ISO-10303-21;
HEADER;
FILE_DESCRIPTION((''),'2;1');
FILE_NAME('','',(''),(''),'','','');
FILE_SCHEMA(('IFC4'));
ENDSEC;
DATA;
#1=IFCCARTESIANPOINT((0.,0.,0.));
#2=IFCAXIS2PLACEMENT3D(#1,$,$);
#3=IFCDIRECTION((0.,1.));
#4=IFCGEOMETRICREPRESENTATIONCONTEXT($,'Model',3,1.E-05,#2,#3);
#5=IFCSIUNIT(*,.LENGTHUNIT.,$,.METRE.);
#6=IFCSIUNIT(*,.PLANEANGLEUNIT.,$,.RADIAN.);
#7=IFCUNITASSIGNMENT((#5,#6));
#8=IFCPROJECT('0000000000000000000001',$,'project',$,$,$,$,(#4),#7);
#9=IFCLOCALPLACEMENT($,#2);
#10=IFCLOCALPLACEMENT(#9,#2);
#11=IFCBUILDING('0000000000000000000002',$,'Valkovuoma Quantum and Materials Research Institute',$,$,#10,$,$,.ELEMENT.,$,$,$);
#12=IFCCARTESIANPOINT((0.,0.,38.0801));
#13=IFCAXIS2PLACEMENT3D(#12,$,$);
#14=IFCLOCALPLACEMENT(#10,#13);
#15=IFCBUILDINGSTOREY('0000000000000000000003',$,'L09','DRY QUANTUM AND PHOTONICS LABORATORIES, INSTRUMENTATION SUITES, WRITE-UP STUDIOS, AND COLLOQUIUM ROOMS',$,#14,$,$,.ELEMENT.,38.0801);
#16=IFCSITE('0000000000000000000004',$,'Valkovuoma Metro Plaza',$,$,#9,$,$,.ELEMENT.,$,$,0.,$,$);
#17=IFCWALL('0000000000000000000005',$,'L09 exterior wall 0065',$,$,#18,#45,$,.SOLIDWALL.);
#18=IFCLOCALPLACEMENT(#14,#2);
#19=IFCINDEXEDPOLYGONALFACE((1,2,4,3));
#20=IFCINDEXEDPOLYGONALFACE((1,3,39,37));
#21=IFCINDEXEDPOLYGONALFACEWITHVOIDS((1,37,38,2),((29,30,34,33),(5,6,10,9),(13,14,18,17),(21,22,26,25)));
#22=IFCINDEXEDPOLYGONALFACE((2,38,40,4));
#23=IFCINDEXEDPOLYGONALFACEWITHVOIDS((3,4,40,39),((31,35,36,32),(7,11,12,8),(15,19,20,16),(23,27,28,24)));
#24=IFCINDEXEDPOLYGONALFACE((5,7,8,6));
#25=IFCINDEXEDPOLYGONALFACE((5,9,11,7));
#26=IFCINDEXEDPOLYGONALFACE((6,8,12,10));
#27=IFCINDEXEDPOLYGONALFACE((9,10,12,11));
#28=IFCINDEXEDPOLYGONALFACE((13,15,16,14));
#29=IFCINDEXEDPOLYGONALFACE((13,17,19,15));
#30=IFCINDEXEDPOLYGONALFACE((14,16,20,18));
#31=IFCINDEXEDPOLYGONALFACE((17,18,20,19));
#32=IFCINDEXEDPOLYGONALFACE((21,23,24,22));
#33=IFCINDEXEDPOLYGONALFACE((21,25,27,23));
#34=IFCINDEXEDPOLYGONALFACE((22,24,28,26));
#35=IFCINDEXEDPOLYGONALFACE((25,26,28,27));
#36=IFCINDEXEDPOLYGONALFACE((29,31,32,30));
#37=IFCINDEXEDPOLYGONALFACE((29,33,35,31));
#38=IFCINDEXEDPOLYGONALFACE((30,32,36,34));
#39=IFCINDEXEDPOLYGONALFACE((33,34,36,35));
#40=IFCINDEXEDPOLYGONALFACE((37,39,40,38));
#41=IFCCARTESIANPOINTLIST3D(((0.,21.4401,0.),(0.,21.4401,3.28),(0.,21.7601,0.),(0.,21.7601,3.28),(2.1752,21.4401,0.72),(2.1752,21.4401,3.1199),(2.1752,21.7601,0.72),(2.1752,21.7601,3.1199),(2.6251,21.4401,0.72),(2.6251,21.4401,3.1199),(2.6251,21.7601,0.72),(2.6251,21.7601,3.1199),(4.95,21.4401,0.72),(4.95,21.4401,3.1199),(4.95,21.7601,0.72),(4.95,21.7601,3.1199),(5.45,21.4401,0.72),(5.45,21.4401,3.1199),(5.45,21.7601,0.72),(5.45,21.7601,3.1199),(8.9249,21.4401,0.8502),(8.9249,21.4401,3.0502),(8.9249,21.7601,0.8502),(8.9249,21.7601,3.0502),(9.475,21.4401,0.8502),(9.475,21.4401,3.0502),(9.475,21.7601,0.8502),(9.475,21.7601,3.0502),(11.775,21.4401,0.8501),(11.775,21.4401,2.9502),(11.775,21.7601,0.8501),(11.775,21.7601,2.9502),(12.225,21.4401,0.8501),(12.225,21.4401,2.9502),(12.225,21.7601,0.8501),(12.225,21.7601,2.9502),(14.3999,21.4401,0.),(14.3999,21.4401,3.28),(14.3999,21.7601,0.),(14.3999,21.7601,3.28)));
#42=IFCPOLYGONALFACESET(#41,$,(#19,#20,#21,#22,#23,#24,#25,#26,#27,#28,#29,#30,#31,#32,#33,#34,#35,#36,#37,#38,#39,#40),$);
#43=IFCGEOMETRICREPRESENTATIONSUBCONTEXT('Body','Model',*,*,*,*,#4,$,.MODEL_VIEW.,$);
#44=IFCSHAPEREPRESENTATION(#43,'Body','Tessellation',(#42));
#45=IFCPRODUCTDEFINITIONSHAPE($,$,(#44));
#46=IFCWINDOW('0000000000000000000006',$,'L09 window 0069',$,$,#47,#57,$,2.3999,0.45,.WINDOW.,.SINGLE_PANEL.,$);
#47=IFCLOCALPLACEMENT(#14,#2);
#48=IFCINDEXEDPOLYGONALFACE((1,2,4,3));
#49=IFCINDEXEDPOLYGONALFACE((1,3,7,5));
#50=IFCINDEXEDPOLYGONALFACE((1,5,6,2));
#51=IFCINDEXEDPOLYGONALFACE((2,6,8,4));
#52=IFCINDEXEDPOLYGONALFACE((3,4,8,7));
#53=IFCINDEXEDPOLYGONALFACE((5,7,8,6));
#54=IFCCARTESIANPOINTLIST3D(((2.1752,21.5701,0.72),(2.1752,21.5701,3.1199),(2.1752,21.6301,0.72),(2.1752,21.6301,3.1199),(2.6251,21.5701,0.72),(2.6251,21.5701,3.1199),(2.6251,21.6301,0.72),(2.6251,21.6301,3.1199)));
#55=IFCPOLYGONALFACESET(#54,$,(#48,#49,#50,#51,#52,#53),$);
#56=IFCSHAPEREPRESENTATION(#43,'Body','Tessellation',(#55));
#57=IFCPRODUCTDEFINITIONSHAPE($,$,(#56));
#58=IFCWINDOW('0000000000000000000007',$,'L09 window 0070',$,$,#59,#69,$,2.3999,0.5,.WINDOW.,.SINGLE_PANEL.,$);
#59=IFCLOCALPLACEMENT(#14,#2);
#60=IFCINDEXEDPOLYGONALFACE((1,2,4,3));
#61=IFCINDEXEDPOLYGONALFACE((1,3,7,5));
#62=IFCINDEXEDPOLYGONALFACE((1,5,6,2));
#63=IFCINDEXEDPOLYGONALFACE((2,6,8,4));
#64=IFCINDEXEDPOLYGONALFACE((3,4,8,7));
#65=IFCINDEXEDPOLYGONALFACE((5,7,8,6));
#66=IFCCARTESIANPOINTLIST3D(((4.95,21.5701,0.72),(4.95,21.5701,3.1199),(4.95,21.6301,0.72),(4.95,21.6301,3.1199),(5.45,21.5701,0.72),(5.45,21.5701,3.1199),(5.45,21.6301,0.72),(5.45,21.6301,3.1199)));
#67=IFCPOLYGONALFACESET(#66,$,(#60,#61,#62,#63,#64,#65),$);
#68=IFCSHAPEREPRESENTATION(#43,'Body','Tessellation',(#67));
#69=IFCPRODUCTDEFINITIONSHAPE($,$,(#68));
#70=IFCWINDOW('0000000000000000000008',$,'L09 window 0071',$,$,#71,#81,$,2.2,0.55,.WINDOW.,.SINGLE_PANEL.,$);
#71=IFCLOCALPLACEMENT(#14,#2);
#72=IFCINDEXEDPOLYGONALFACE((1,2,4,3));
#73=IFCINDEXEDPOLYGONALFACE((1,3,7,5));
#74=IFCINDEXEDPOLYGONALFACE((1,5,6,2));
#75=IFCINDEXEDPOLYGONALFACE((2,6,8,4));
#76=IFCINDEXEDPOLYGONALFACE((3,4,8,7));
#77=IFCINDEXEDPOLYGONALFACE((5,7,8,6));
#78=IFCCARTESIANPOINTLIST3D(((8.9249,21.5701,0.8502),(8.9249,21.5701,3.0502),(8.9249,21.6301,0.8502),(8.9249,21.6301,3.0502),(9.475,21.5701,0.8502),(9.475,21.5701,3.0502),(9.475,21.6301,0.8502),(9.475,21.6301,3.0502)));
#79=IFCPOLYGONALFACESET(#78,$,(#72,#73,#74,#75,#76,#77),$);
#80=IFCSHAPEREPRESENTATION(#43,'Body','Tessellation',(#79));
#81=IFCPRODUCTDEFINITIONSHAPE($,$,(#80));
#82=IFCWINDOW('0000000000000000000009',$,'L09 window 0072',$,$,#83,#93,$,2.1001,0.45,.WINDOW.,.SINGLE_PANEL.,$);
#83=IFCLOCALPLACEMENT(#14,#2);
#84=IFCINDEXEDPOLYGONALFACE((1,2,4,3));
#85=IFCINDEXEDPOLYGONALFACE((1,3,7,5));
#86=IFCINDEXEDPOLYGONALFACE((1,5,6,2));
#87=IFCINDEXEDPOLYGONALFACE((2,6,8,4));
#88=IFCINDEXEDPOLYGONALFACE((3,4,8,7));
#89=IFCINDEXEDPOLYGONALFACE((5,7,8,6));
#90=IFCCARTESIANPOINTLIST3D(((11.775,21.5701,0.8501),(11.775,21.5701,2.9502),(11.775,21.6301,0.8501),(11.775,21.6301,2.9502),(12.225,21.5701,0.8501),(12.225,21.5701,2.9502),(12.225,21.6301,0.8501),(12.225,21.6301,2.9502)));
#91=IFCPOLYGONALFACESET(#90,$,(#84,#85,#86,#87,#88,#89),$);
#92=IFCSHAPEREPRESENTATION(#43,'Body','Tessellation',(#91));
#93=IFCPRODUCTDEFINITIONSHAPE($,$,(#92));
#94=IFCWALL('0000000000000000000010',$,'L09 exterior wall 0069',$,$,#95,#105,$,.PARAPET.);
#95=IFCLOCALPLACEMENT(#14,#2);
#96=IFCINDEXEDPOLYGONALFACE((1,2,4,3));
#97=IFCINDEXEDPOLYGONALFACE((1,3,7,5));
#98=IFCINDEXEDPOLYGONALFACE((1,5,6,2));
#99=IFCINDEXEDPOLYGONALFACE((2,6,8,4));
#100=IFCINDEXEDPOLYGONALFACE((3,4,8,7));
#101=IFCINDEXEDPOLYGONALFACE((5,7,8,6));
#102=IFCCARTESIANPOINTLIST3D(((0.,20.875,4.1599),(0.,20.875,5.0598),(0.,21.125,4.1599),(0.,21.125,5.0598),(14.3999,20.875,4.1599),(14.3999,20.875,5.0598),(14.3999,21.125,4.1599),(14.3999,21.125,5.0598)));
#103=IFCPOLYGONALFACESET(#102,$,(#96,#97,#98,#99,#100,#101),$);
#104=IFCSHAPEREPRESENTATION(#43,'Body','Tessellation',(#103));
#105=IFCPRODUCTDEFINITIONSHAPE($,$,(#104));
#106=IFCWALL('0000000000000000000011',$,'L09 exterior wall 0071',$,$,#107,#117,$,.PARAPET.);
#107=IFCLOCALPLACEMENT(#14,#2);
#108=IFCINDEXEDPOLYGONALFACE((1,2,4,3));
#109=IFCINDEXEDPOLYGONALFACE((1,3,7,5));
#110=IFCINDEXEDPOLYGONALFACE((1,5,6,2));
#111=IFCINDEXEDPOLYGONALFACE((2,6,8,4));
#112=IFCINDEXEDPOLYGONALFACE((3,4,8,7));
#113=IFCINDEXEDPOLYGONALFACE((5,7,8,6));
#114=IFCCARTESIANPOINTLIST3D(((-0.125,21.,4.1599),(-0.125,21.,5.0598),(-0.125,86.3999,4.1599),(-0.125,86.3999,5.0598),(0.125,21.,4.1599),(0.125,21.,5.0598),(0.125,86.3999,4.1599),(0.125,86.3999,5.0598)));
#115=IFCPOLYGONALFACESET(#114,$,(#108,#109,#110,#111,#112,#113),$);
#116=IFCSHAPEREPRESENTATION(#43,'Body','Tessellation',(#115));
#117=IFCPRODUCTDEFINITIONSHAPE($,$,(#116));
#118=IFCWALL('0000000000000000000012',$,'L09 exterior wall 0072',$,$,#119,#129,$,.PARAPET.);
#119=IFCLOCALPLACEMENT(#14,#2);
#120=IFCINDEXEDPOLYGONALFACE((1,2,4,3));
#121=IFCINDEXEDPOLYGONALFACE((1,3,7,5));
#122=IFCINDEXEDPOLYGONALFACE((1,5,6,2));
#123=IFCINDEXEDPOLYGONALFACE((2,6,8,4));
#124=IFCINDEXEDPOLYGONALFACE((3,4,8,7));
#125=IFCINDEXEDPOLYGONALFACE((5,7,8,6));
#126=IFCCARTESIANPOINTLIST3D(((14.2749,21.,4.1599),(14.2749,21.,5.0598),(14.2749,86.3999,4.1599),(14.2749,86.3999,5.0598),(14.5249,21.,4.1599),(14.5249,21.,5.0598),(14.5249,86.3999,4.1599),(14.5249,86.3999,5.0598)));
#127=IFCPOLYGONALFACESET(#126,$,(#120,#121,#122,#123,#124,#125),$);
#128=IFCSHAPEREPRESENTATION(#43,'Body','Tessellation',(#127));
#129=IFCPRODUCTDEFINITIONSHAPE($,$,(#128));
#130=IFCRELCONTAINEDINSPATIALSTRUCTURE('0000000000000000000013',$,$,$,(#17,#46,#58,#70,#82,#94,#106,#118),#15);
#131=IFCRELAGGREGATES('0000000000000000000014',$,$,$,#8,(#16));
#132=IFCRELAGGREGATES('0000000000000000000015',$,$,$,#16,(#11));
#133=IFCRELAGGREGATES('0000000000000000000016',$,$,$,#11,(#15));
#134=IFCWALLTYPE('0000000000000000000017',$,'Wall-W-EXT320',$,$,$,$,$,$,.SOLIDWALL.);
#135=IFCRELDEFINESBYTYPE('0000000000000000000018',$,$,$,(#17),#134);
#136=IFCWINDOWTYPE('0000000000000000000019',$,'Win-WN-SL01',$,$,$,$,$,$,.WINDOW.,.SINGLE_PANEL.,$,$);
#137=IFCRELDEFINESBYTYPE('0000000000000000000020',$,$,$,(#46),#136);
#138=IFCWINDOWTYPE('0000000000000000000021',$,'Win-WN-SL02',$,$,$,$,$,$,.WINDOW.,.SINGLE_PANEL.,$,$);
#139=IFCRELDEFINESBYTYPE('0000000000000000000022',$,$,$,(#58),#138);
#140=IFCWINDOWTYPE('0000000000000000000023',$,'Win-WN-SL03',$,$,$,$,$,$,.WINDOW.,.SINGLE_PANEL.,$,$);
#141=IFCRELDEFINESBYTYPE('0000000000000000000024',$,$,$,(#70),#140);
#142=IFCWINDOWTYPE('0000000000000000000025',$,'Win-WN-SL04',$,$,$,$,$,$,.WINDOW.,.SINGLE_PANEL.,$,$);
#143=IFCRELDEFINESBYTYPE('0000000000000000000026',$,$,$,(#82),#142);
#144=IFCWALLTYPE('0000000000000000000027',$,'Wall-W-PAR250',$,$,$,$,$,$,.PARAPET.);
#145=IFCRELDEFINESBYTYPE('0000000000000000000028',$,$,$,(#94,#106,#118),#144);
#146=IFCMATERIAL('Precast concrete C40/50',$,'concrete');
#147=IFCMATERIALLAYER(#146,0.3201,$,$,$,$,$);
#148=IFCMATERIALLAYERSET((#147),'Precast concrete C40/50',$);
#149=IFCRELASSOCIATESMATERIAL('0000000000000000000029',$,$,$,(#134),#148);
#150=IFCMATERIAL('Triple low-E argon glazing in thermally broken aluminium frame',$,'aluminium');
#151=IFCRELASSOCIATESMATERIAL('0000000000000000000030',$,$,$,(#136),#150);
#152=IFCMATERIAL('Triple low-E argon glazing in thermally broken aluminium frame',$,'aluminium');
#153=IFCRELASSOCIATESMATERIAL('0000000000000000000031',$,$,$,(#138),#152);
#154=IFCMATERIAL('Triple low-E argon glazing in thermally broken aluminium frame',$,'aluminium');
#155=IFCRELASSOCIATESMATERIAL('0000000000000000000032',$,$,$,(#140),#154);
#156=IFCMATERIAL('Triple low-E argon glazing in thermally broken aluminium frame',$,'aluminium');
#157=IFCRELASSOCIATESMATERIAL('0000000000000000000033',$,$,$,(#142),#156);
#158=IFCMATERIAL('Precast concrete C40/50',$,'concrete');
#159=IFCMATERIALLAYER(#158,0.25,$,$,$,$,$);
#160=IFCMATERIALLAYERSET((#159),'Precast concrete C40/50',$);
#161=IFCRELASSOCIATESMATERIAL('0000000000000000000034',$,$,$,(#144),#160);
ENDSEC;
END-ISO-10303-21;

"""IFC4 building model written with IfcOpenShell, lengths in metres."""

from ifc_helpers import new_model, si_unit, direction, frame, frame_2d, origin, place, context, subcontext, project, spatial, rectangle, extrude, material, layer, layer_set, type_object, element, fill, save


model = new_model("IFC4")

# Units and contexts
model_context = context("Model", 3, precision=1e-05, world=origin(), true_north=direction((0.0, 1.0)))
body_context = subcontext(model_context, "Body", "Model", "MODEL_VIEW")
ifc_project = project(units=[si_unit("LENGTHUNIT", "METRE"), si_unit("PLANEANGLEUNIT", "RADIAN")], contexts=[model_context])

# Site, building, storey
site_placement = place(None, origin())
site = spatial("IfcSite", under=ifc_project, at=site_placement, Name="Valkovuoma Metro Plaza", CompositionType="ELEMENT", RefElevation=0.0)
building_placement = place(site_placement, origin())
building = spatial("IfcBuilding", under=site, at=building_placement, Name="Valkovuoma Quantum and Materials Research Institute", CompositionType="ELEMENT")
storey_placement = place(building_placement, frame((0.0, 0.0, 38.0801)))
storey = spatial("IfcBuildingStorey", under=building, at=storey_placement, Name="L09", Description="DRY QUANTUM AND PHOTONICS LABORATORIES, INSTRUMENTATION SUITES, WRITE-UP STUDIOS, AND COLLOQUIUM ROOMS", CompositionType="ELEMENT", Elevation=38.0801)

# Wall, openings, windows
ifc_material_1 = material(Name="Precast concrete C40/50", Category="concrete")
ifc_layer_1 = layer(ifc_material_1, 0.3201)
ifc_layer_set_1 = layer_set([ifc_layer_1], Name="Precast concrete C40/50")
wall_type_1 = type_object("IfcWallType", Name="Wall-W-EXT320", PredefinedType="SOLIDWALL", material=ifc_layer_set_1)
wall_1_placement = place(storey_placement, frame((0.0, 21.6001, 0.0), z_axis=(0.0, 0.0, 1.0), x_axis=(1.0, 0.0, 0.0)))
wall_1 = element("IfcWall", 1, at=wall_1_placement, inside=storey, type_object=wall_type_1, Name="L09 exterior wall 0065", PredefinedType="SOLIDWALL", context=body_context, shape_type="SweptSolid", body=[
    extrude(rectangle(XDim=14.3999, YDim=0.3201, at=frame_2d((7.2, 0.0))), origin(), (0.0, 0.0, 1.0), 3.28),
])
opening_1_placement = place(wall_1_placement, frame((2.175, 0.0, 0.72)))
opening_1 = element("IfcOpeningElement", 2, at=opening_1_placement, cuts=wall_1, PredefinedType="OPENING", context=body_context, shape_type="SweptSolid", body=[
    extrude(rectangle(XDim=0.45, YDim=2.3999, at=frame_2d((0.2251, 1.2))), frame((0.0, 0.1699, 0.0), z_axis=(0.0, -1.0, 0.0), x_axis=(1.0, 0.0, 0.0)), (0.0, 0.0, 1.0), 0.3401),
])
opening_2_placement = place(wall_1_placement, frame((4.95, 0.0, 0.72)))
opening_2 = element("IfcOpeningElement", 3, at=opening_2_placement, cuts=wall_1, PredefinedType="OPENING", context=body_context, shape_type="SweptSolid", body=[
    extrude(rectangle(XDim=0.5, YDim=2.3999, at=frame_2d((0.25, 1.2))), frame((0.0, 0.1699, 0.0), z_axis=(0.0, -1.0, 0.0), x_axis=(1.0, 0.0, 0.0)), (0.0, 0.0, 1.0), 0.3401),
])
opening_3_placement = place(wall_1_placement, frame((8.925, 0.0, 0.8501)))
opening_3 = element("IfcOpeningElement", 4, at=opening_3_placement, cuts=wall_1, PredefinedType="OPENING", context=body_context, shape_type="SweptSolid", body=[
    extrude(rectangle(XDim=0.55, YDim=2.2, at=frame_2d((0.2749, 1.1001))), frame((0.0, 0.1699, 0.0), z_axis=(0.0, -1.0, 0.0), x_axis=(1.0, 0.0, 0.0)), (0.0, 0.0, 1.0), 0.3401),
])
opening_4_placement = place(wall_1_placement, frame((11.7749, 0.0, 0.8501)))
opening_4 = element("IfcOpeningElement", 5, at=opening_4_placement, cuts=wall_1, PredefinedType="OPENING", context=body_context, shape_type="SweptSolid", body=[
    extrude(rectangle(XDim=0.45, YDim=2.1001, at=frame_2d((0.2251, 1.05))), frame((0.0, 0.1699, 0.0), z_axis=(0.0, -1.0, 0.0), x_axis=(1.0, 0.0, 0.0)), (0.0, 0.0, 1.0), 0.3401),
])
ifc_material_2 = material(Name="Triple low-E argon glazing in thermally broken aluminium frame", Category="aluminium")
window_type_1 = type_object("IfcWindowType", Name="Win-WN-SL01", PartitioningType="SINGLE_PANEL", PredefinedType="WINDOW", material=ifc_material_2)
window_1_placement = place(opening_1_placement, origin())
window_1 = element("IfcWindow", 6, at=window_1_placement, inside=storey, type_object=window_type_1, Name="L09 window 0069", OverallHeight=2.3999, OverallWidth=0.45, PartitioningType="SINGLE_PANEL", PredefinedType="WINDOW", context=body_context, shape_type="SweptSolid", body=[
    extrude(rectangle(XDim=0.45, YDim=2.3999, at=frame_2d((0.2251, 1.2))), frame((0.0, 0.03, 0.0), z_axis=(0.0, -1.0, 0.0), x_axis=(1.0, 0.0, 0.0)), (0.0, 0.0, 1.0), 0.0601),
])
fill(opening_1, window_1)
ifc_material_3 = material(Name="Triple low-E argon glazing in thermally broken aluminium frame", Category="aluminium")
window_type_2 = type_object("IfcWindowType", Name="Win-WN-SL02", PartitioningType="SINGLE_PANEL", PredefinedType="WINDOW", material=ifc_material_3)
window_2_placement = place(opening_2_placement, origin())
window_2 = element("IfcWindow", 7, at=window_2_placement, inside=storey, type_object=window_type_2, Name="L09 window 0070", OverallHeight=2.3999, OverallWidth=0.5, PartitioningType="SINGLE_PANEL", PredefinedType="WINDOW", context=body_context, shape_type="SweptSolid", body=[
    extrude(rectangle(XDim=0.5, YDim=2.3999, at=frame_2d((0.25, 1.2))), frame((0.0, 0.03, 0.0), z_axis=(0.0, -1.0, 0.0), x_axis=(1.0, 0.0, 0.0)), (0.0, 0.0, 1.0), 0.0601),
])
fill(opening_2, window_2)
ifc_material_4 = material(Name="Triple low-E argon glazing in thermally broken aluminium frame", Category="aluminium")
window_type_3 = type_object("IfcWindowType", Name="Win-WN-SL03", PartitioningType="SINGLE_PANEL", PredefinedType="WINDOW", material=ifc_material_4)
window_3_placement = place(opening_3_placement, origin())
window_3 = element("IfcWindow", 8, at=window_3_placement, inside=storey, type_object=window_type_3, Name="L09 window 0071", OverallHeight=2.2, OverallWidth=0.55, PartitioningType="SINGLE_PANEL", PredefinedType="WINDOW", context=body_context, shape_type="SweptSolid", body=[
    extrude(rectangle(XDim=0.55, YDim=2.2, at=frame_2d((0.2749, 1.1001))), frame((0.0, 0.03, 0.0), z_axis=(0.0, -1.0, 0.0), x_axis=(1.0, 0.0, 0.0)), (0.0, 0.0, 1.0), 0.0601),
])
fill(opening_3, window_3)
ifc_material_5 = material(Name="Triple low-E argon glazing in thermally broken aluminium frame", Category="aluminium")
window_type_4 = type_object("IfcWindowType", Name="Win-WN-SL04", PartitioningType="SINGLE_PANEL", PredefinedType="WINDOW", material=ifc_material_5)
window_4_placement = place(opening_4_placement, origin())
window_4 = element("IfcWindow", 9, at=window_4_placement, inside=storey, type_object=window_type_4, Name="L09 window 0072", OverallHeight=2.1001, OverallWidth=0.45, PartitioningType="SINGLE_PANEL", PredefinedType="WINDOW", context=body_context, shape_type="SweptSolid", body=[
    extrude(rectangle(XDim=0.45, YDim=2.1001, at=frame_2d((0.2251, 1.05))), frame((0.0, 0.03, 0.0), z_axis=(0.0, -1.0, 0.0), x_axis=(1.0, 0.0, 0.0)), (0.0, 0.0, 1.0), 0.0601),
])
fill(opening_4, window_4)

# Walls
ifc_material_6 = material(Name="Precast concrete C40/50", Category="concrete")
ifc_layer_2 = layer(ifc_material_6, 0.25)
ifc_layer_set_2 = layer_set([ifc_layer_2], Name="Precast concrete C40/50")
wall_type_2 = type_object("IfcWallType", Name="Wall-W-PAR250", PredefinedType="PARAPET", material=ifc_layer_set_2)
wall_2_placement = place(storey_placement, frame((0.0, 21.0, 4.1599), z_axis=(0.0, 0.0, 1.0), x_axis=(1.0, 0.0, 0.0)))
element("IfcWall", 10, at=wall_2_placement, inside=storey, type_object=wall_type_2, Name="L09 exterior wall 0069", PredefinedType="PARAPET", context=body_context, shape_type="SweptSolid", body=[
    extrude(rectangle(XDim=14.3999, YDim=0.25, at=frame_2d((7.2, 0.0))), origin(), (0.0, 0.0, 1.0), 0.8999),
])
for number, where, z_axis, x_axis, name in (
    (11, (0.0, 21.0, 4.1599), (0.0, 0.0, 1.0), (0.0, 1.0, 0.0), "L09 exterior wall 0071"),
    (12, (14.3999, 21.0, 4.1599), (0.0, 0.0, 1.0), (0.0, 1.0, 0.0), "L09 exterior wall 0072"),
):
    element("IfcWall", number, at=place(storey_placement, frame(where, z_axis=z_axis, x_axis=x_axis)), inside=storey, type_object=wall_type_2, Name=name, PredefinedType="PARAPET", context=body_context, shape_type="SweptSolid", body=[
        extrude(rectangle(XDim=65.3999, YDim=0.25, at=frame_2d((32.7, 0.0))), origin(), (0.0, 0.0, 1.0), 0.8999),
    ])

save(model, "model.ifc")
